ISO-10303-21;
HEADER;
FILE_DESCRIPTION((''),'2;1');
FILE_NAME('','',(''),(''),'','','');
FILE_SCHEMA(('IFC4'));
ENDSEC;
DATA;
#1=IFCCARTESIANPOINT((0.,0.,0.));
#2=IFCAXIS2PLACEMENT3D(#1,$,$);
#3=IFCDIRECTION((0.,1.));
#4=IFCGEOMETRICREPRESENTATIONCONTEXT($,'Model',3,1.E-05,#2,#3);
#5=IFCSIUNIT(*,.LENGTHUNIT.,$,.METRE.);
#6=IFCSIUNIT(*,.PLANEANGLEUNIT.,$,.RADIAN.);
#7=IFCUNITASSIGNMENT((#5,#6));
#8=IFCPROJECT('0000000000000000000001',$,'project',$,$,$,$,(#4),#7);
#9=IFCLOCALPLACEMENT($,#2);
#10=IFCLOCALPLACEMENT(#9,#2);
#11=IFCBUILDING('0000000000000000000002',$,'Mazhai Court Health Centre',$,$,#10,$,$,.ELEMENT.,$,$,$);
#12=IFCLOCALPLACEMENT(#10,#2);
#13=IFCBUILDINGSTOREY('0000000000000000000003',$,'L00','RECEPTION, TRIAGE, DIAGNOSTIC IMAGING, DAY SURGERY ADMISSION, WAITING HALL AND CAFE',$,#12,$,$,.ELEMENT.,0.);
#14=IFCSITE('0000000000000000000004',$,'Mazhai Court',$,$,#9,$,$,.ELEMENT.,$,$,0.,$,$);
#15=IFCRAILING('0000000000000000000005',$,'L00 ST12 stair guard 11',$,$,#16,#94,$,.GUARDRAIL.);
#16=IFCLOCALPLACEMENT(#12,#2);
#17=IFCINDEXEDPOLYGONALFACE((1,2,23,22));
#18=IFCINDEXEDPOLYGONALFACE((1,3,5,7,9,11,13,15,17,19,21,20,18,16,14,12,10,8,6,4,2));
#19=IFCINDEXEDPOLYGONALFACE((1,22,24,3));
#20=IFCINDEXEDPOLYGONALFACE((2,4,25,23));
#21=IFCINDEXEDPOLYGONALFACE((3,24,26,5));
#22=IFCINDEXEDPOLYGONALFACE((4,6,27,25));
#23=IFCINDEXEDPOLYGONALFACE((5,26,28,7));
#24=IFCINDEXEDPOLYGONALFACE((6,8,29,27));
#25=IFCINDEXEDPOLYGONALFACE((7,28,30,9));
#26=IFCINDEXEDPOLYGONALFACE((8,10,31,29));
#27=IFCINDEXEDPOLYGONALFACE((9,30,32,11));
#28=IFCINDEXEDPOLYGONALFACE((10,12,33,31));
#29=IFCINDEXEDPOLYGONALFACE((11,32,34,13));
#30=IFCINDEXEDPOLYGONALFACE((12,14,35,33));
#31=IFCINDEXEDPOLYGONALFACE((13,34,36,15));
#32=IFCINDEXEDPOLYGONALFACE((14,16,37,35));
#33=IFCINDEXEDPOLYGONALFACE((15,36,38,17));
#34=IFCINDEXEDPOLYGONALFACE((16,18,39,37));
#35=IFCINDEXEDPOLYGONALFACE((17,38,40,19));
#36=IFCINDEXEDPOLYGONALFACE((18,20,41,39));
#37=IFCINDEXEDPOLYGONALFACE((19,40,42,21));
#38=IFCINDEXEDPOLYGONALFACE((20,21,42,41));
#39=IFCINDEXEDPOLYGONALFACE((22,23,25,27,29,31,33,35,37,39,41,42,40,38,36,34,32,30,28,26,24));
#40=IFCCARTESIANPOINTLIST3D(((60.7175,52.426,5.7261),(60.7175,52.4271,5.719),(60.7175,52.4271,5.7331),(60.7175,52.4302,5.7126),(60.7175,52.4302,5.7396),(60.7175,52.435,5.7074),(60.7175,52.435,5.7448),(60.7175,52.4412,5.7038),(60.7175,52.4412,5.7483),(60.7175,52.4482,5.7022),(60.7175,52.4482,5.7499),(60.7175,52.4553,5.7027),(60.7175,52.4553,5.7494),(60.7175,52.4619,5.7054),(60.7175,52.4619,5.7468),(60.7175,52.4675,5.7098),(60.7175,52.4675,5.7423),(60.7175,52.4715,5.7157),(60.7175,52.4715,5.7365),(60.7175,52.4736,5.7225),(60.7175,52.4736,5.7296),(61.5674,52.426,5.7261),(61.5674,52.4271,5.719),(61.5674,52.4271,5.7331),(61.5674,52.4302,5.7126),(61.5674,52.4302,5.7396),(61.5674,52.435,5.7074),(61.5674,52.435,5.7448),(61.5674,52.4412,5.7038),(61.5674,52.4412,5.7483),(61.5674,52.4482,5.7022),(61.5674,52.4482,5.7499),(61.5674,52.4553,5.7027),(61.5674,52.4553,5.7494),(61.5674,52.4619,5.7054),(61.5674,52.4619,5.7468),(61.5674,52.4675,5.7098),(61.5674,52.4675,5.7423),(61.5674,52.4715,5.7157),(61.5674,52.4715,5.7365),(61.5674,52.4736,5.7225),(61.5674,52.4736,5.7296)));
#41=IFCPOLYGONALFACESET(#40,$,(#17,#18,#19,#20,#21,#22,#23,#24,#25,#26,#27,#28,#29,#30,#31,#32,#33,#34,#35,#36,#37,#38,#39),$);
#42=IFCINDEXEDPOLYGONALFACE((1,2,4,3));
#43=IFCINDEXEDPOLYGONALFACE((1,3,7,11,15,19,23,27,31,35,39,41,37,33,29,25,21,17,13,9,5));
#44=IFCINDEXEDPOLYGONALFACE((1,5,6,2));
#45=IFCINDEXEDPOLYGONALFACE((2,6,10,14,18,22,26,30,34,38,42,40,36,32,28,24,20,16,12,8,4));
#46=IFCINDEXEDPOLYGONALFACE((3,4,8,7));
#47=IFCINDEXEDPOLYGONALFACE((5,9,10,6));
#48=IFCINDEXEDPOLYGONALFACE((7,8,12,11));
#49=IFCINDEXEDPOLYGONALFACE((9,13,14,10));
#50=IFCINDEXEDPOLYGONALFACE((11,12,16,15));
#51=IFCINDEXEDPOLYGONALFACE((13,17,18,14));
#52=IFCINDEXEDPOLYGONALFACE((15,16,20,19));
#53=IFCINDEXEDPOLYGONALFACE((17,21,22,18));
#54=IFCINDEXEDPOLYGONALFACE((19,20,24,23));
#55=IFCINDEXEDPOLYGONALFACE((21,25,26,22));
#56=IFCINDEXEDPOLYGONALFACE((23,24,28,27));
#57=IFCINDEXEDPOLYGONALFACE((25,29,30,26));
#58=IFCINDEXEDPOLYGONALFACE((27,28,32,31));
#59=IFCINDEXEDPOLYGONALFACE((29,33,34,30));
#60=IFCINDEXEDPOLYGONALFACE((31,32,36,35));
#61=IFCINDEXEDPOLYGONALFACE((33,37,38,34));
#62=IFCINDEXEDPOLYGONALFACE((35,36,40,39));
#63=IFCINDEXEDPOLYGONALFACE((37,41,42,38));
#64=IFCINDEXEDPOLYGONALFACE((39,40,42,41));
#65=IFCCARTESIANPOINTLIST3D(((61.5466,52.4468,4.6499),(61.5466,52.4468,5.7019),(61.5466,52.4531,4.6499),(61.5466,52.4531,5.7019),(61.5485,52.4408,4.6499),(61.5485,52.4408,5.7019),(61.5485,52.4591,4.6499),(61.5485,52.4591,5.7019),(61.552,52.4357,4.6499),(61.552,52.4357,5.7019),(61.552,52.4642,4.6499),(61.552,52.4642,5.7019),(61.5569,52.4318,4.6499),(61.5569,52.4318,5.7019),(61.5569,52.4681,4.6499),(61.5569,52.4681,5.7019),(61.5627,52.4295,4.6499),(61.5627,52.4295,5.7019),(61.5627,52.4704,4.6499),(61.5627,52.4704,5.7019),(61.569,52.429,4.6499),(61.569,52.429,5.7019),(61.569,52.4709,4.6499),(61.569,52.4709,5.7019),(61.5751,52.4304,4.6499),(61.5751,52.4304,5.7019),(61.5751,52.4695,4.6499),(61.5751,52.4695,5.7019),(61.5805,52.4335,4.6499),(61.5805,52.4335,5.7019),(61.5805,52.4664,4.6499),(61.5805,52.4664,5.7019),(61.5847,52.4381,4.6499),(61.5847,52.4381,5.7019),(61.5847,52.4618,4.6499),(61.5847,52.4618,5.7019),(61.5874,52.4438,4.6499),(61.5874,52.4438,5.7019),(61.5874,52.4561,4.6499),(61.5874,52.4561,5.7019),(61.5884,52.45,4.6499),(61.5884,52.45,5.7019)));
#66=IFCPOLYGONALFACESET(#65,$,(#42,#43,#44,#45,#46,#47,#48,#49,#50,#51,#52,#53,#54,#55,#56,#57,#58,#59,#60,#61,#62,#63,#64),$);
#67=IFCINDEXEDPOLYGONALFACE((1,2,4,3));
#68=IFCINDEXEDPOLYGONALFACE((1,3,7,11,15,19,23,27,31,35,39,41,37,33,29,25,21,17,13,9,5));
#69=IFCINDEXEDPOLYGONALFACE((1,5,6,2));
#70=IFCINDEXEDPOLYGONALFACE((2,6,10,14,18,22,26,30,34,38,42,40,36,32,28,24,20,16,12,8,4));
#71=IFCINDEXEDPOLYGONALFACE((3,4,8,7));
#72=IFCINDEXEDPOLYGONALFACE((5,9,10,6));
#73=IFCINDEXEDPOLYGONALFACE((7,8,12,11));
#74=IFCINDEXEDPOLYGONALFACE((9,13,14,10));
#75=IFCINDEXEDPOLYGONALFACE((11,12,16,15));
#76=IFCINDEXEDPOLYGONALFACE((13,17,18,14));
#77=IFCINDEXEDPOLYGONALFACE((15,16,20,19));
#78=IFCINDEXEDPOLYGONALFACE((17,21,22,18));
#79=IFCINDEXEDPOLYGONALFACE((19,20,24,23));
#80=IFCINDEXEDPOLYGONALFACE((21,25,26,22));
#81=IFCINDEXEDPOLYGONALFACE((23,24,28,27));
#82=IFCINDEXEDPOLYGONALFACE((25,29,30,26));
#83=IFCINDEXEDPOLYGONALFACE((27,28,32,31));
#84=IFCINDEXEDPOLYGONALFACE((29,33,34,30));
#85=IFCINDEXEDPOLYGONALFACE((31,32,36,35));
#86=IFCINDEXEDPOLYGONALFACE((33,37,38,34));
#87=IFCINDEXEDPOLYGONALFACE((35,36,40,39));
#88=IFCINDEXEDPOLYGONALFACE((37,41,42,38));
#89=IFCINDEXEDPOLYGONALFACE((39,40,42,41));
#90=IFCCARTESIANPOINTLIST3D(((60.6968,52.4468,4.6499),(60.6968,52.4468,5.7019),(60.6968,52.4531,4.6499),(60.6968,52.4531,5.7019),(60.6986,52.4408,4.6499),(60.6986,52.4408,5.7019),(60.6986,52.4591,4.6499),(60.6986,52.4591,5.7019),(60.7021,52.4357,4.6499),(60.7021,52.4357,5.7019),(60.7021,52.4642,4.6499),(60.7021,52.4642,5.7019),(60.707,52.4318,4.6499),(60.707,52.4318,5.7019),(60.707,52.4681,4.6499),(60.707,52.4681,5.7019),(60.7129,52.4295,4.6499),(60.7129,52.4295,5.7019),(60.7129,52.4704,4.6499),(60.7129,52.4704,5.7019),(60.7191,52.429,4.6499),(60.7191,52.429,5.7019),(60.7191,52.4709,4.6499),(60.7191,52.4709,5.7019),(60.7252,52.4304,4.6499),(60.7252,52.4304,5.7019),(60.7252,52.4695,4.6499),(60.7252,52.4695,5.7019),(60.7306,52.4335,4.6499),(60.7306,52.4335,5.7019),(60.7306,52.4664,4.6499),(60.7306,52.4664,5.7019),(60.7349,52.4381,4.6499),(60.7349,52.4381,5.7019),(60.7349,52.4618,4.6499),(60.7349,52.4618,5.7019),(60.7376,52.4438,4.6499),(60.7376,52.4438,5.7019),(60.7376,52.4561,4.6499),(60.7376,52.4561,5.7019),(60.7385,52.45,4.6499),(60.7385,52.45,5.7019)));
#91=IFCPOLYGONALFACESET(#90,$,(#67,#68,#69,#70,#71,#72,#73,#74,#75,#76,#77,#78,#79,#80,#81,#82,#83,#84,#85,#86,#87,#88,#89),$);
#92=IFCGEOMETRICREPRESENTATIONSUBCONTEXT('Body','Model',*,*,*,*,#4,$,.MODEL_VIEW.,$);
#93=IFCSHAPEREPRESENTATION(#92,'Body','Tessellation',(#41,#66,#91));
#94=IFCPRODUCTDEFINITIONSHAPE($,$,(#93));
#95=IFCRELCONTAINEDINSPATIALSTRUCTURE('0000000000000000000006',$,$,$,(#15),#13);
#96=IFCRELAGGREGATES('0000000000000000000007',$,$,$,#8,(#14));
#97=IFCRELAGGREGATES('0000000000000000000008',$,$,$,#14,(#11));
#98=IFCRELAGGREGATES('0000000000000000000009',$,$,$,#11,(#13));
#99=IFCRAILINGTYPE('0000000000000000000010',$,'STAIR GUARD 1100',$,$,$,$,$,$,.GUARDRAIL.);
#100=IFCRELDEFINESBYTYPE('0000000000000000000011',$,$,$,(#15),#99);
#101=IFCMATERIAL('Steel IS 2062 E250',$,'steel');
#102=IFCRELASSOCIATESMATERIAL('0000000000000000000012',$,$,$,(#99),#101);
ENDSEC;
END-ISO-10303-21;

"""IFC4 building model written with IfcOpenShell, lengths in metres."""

from ifc_helpers import new_model, si_unit, direction, frame, origin, origin_2d, place, context, subcontext, project, spatial, circle, extrude, material, type_object, element, save


model = new_model("IFC4")

# Units and contexts
model_context = context("Model", 3, precision=1e-05, world=origin(), true_north=direction((0.0, 1.0)))
body_context = subcontext(model_context, "Body", "Model", "MODEL_VIEW")
ifc_project = project(units=[si_unit("LENGTHUNIT", "METRE"), si_unit("PLANEANGLEUNIT", "RADIAN")], contexts=[model_context])

# Site, building, storey
site_placement = place(None, origin())
site = spatial("IfcSite", under=ifc_project, at=site_placement, Name="Mazhai Court", CompositionType="ELEMENT", RefElevation=0.0)
building_placement = place(site_placement, origin())
building = spatial("IfcBuilding", under=site, at=building_placement, Name="Mazhai Court Health Centre", CompositionType="ELEMENT")
storey_placement = place(building_placement, origin())
storey = spatial("IfcBuildingStorey", under=building, at=storey_placement, Name="L00", Description="RECEPTION, TRIAGE, DIAGNOSTIC IMAGING, DAY SURGERY ADMISSION, WAITING HALL AND CAFE", CompositionType="ELEMENT", Elevation=0.0)

# Railing
ifc_material_1 = material(Name="Steel IS 2062 E250", Category="steel")
railing_type_1 = type_object("IfcRailingType", Name="STAIR GUARD 1100", PredefinedType="GUARDRAIL", material=ifc_material_1)
railing_1_placement = place(storey_placement, frame((61.5674, 52.45, 4.6499)))
element("IfcRailing", 1, at=railing_1_placement, inside=storey, type_object=railing_type_1, Name="L00 ST12 stair guard 11", PredefinedType="GUARDRAIL", context=body_context, shape_type="SweptSolid", body=[
    extrude(circle(Radius=0.0239, at=origin_2d()), frame((0.0, 0.0, 1.0762), z_axis=(-1.0, 0.0, 0.0), x_axis=(0.0, -1.0, 0.0)), (0.0, 0.0, 1.0), 0.8499),
    extrude(circle(Radius=0.021, at=origin_2d()), origin(), (0.0, 0.0, 1.0), 1.052),
    extrude(circle(Radius=0.021, at=origin_2d()), frame((-0.8499, 0.0, 0.0)), (0.0, 0.0, 1.0), 1.052),
])

save(model, "model.ifc")
